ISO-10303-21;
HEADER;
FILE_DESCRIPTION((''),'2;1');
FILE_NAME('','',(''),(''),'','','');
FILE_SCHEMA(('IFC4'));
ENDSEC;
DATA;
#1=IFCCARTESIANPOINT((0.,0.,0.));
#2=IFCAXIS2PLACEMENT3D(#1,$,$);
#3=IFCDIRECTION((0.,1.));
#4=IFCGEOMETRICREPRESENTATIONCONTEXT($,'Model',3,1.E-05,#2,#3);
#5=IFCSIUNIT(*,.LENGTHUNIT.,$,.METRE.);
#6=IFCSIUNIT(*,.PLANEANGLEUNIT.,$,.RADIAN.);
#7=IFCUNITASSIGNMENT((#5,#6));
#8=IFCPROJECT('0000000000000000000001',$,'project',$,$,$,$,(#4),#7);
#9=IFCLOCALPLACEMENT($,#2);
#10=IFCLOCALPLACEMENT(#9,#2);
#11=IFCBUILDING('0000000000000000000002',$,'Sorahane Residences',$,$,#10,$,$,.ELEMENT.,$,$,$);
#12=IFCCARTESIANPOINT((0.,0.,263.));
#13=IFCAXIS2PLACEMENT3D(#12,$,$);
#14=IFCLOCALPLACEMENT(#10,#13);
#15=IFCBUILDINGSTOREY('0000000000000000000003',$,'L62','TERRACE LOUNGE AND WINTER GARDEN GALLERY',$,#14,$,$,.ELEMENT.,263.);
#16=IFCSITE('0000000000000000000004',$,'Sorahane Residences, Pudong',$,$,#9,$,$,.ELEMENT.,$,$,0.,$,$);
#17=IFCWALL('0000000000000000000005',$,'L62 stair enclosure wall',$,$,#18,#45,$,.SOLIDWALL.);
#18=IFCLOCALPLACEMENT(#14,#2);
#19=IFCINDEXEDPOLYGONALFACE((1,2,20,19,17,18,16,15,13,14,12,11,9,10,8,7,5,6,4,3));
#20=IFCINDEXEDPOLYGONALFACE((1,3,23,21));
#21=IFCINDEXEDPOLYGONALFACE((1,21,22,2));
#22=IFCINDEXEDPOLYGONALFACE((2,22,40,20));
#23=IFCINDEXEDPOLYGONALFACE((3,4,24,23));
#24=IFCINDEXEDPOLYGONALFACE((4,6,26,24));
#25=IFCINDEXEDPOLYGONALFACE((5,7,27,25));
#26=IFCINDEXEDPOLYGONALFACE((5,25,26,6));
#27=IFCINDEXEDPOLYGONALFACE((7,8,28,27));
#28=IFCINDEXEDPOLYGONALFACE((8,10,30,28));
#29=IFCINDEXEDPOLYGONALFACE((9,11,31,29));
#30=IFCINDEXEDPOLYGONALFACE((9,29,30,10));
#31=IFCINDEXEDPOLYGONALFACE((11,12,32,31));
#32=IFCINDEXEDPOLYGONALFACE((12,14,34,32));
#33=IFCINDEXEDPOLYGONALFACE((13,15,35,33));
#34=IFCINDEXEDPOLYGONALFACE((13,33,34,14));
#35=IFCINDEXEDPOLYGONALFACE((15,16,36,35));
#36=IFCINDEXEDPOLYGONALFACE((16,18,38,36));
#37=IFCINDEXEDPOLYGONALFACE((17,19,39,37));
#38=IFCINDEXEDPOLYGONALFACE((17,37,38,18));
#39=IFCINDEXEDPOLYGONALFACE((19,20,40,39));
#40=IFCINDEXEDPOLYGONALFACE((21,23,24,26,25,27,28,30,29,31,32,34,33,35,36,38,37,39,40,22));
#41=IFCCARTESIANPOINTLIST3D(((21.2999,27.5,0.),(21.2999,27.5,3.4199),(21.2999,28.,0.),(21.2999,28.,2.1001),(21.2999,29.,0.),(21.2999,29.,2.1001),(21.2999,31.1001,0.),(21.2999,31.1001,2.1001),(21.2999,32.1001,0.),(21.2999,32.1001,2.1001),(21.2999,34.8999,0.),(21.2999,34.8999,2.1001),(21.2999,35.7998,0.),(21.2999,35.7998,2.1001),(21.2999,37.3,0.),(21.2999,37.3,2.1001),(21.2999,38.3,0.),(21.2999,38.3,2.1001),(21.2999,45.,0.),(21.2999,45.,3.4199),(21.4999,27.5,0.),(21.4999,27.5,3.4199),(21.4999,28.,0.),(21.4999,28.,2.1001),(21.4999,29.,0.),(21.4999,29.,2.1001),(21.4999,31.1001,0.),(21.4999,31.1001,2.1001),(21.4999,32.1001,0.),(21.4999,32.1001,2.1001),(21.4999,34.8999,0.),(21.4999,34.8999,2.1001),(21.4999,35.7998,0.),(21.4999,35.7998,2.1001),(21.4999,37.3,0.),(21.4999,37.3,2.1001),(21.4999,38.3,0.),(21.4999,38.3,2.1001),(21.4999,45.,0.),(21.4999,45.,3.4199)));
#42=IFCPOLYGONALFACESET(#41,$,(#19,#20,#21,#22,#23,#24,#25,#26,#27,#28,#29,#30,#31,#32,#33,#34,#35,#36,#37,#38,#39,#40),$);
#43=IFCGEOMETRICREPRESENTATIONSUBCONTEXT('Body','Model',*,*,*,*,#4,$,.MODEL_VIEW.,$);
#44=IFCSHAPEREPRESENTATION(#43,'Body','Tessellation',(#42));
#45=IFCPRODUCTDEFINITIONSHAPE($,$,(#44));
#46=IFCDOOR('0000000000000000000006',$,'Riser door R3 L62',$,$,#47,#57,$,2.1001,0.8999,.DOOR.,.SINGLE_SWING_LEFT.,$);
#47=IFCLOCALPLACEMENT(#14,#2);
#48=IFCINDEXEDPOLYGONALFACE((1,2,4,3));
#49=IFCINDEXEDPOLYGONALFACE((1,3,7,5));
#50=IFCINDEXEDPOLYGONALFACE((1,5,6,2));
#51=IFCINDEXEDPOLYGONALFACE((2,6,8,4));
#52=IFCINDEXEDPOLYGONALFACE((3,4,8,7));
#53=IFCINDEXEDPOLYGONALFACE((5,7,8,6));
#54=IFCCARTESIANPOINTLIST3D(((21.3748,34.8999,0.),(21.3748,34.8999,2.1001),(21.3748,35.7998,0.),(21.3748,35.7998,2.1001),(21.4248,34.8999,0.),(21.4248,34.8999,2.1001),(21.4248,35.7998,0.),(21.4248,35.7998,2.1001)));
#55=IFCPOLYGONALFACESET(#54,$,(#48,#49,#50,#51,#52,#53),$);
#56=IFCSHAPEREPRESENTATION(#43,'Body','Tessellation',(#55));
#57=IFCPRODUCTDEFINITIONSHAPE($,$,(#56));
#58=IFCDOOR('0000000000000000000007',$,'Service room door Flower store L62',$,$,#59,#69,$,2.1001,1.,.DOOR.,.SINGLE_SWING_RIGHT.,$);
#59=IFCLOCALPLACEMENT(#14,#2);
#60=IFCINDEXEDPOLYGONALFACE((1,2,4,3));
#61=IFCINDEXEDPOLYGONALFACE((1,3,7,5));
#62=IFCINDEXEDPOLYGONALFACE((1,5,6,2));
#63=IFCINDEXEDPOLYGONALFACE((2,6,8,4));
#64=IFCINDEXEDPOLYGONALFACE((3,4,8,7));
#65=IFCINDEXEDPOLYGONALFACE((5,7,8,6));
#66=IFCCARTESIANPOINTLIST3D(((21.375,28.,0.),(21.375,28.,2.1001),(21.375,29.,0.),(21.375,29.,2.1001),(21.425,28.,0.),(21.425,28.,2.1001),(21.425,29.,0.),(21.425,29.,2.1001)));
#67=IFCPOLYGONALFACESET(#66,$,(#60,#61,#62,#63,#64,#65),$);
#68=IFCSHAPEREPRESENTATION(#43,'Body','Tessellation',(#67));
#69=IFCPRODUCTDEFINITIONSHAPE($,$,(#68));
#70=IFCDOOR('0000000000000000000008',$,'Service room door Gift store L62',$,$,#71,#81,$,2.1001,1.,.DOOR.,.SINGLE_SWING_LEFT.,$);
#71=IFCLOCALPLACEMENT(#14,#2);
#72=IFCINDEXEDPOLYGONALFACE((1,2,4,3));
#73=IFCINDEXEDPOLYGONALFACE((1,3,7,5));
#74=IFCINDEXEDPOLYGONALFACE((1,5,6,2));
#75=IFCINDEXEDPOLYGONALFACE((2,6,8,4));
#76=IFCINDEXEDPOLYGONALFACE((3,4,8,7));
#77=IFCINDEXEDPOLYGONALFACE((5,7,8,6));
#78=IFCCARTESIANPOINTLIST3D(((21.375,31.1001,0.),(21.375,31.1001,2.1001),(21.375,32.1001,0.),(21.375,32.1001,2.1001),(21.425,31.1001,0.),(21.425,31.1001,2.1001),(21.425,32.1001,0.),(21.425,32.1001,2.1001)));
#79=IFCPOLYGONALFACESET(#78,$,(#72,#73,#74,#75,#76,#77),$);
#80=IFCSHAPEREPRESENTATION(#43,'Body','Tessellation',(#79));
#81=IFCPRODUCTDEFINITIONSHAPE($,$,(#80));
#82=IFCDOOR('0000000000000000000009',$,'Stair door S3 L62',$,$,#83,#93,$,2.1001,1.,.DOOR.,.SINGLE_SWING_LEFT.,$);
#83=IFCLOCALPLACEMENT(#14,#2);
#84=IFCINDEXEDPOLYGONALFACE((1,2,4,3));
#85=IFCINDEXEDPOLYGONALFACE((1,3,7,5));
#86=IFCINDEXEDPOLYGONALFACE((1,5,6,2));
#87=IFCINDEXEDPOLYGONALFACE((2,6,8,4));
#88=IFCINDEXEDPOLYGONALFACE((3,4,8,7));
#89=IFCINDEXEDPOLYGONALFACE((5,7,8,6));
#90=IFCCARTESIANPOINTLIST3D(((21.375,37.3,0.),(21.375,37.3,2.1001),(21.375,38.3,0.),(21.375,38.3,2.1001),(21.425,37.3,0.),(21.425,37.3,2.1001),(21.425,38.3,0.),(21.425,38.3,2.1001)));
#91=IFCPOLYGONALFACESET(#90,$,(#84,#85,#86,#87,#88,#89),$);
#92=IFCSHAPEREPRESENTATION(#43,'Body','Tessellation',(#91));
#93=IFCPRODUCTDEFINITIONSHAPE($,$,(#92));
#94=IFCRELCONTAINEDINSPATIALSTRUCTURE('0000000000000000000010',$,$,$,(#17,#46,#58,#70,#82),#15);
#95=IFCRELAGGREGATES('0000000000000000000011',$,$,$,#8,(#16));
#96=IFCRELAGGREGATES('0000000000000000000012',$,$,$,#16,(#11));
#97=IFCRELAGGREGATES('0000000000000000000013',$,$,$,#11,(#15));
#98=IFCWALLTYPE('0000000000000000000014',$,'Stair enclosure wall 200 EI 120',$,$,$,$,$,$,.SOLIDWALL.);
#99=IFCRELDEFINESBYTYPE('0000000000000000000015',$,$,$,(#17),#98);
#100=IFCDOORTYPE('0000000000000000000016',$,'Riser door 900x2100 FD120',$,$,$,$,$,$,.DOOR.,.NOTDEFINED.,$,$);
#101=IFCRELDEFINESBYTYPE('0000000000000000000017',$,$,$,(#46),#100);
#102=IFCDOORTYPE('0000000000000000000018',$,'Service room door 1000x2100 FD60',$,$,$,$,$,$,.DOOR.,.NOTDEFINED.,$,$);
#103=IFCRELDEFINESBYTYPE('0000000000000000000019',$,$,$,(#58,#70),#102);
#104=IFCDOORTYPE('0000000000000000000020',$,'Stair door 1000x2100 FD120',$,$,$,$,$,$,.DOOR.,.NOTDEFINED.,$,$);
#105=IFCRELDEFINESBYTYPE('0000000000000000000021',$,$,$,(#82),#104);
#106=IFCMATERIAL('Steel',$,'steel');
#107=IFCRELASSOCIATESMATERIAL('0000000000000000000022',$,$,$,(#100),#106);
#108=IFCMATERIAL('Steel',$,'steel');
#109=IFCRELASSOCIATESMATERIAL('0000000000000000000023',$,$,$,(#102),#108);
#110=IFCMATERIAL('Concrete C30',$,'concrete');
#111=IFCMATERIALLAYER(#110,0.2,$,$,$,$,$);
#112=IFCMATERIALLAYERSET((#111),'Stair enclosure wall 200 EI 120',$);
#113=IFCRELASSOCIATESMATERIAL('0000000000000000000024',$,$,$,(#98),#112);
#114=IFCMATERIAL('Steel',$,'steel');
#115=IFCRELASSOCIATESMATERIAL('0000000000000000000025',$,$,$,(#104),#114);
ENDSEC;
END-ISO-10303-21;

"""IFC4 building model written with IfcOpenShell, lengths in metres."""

from ifc_helpers import new_model, si_unit, direction, frame, frame_2d, origin, place, context, subcontext, project, spatial, rectangle, extrude, material, layer, layer_set, type_object, element, fill, save


model = new_model("IFC4")

# Units and contexts
model_context = context("Model", 3, precision=1e-05, world=origin(), true_north=direction((0.0, 1.0)))
body_context = subcontext(model_context, "Body", "Model", "MODEL_VIEW")
ifc_project = project(units=[si_unit("LENGTHUNIT", "METRE"), si_unit("PLANEANGLEUNIT", "RADIAN")], contexts=[model_context])

# Site, building, storey
site_placement = place(None, origin())
site = spatial("IfcSite", under=ifc_project, at=site_placement, Name="Sorahane Residences, Pudong", CompositionType="ELEMENT", RefElevation=0.0)
building_placement = place(site_placement, origin())
building = spatial("IfcBuilding", under=site, at=building_placement, Name="Sorahane Residences", CompositionType="ELEMENT")
storey_placement = place(building_placement, frame((0.0, 0.0, 263.0)))
storey = spatial("IfcBuildingStorey", under=building, at=storey_placement, Name="L62", Description="TERRACE LOUNGE AND WINTER GARDEN GALLERY", CompositionType="ELEMENT", Elevation=263.0)

# Wall, openings, doors
ifc_material_1 = material(Name="Steel", Category="steel")
door_type_1 = type_object("IfcDoorType", Name="Riser door 900x2100 FD120", OperationType="NOTDEFINED", PredefinedType="DOOR", material=ifc_material_1)
ifc_material_2 = material(Name="Steel", Category="steel")
door_type_2 = type_object("IfcDoorType", Name="Service room door 1000x2100 FD60", OperationType="NOTDEFINED", PredefinedType="DOOR", material=ifc_material_2)
ifc_material_3 = material(Name="Concrete C30", Category="concrete")
ifc_layer_1 = layer(ifc_material_3, 0.2)
ifc_layer_set_1 = layer_set([ifc_layer_1], Name="Stair enclosure wall 200 EI 120")
wall_type_1 = type_object("IfcWallType", Name="Stair enclosure wall 200 EI 120", PredefinedType="SOLIDWALL", material=ifc_layer_set_1)
wall_1_placement = place(storey_placement, frame((21.3999, 27.5, 0.0), z_axis=(0.0, 0.0, 1.0), x_axis=(0.0, 1.0, 0.0)))
wall_1 = element("IfcWall", 1, at=wall_1_placement, inside=storey, type_object=wall_type_1, Name="L62 stair enclosure wall", PredefinedType="SOLIDWALL", context=body_context, shape_type="SweptSolid", body=[
    extrude(rectangle(XDim=17.5, YDim=0.2, at=frame_2d((8.75, 0.0))), origin(), (0.0, 0.0, 1.0), 3.4199),
])
opening_1_placement = place(wall_1_placement, frame((0.5, 0.0, 0.0)))
opening_1 = element("IfcOpeningElement", 2, at=opening_1_placement, cuts=wall_1, PredefinedType="OPENING", context=body_context, shape_type="SweptSolid", body=[
    extrude(rectangle(XDim=1.0, YDim=2.1001, at=frame_2d((0.5, 1.05))), frame((0.0, 0.1099, 0.0), z_axis=(0.0, -1.0, 0.0), x_axis=(1.0, 0.0, 0.0)), (0.0, 0.0, 1.0), 0.22),
])
opening_2_placement = place(wall_1_placement, frame((3.6001, 0.0, 0.0)))
opening_2 = element("IfcOpeningElement", 3, at=opening_2_placement, cuts=wall_1, PredefinedType="OPENING", context=body_context, shape_type="SweptSolid", body=[
    extrude(rectangle(XDim=1.0, YDim=2.1001, at=frame_2d((0.5, 1.05))), frame((0.0, 0.1099, 0.0), z_axis=(0.0, -1.0, 0.0), x_axis=(1.0, 0.0, 0.0)), (0.0, 0.0, 1.0), 0.22),
])
opening_3_placement = place(wall_1_placement, frame((9.8, 0.0, 0.0)))
opening_3 = element("IfcOpeningElement", 4, at=opening_3_placement, cuts=wall_1, PredefinedType="OPENING", context=body_context, shape_type="SweptSolid", body=[
    extrude(rectangle(XDim=1.0, YDim=2.1001, at=frame_2d((0.5, 1.05))), frame((0.0, 0.1099, 0.0), z_axis=(0.0, -1.0, 0.0), x_axis=(1.0, 0.0, 0.0)), (0.0, 0.0, 1.0), 0.22),
])
opening_4_placement = place(wall_1_placement, frame((7.3999, 0.0, 0.0)))
opening_4 = element("IfcOpeningElement", 5, at=opening_4_placement, cuts=wall_1, PredefinedType="OPENING", context=body_context, shape_type="SweptSolid", body=[
    extrude(rectangle(XDim=0.8999, YDim=2.1001, at=frame_2d((0.45, 1.05))), frame((0.0, 0.1099, 0.0), z_axis=(0.0, -1.0, 0.0), x_axis=(1.0, 0.0, 0.0)), (0.0, 0.0, 1.0), 0.22),
])
door_1_placement = place(opening_4_placement, frame((0.8999, 0.0, 0.0), z_axis=(0.0, 0.0, 1.0), x_axis=(-1.0, 0.0, 0.0)))
door_1 = element("IfcDoor", 6, at=door_1_placement, inside=storey, type_object=door_type_1, Name="Riser door R3 L62", OperationType="SINGLE_SWING_LEFT", OverallHeight=2.1001, OverallWidth=0.8999, PredefinedType="DOOR", context=body_context, shape_type="SweptSolid", body=[
    extrude(rectangle(XDim=0.8999, YDim=2.1001, at=frame_2d((0.45, 1.05))), frame((0.0, 0.0249, 0.0), z_axis=(0.0, -1.0, 0.0), x_axis=(1.0, 0.0, 0.0)), (0.0, 0.0, 1.0), 0.05),
])
fill(opening_4, door_1)
door_2_placement = place(opening_1_placement, origin())
door_2 = element("IfcDoor", 7, at=door_2_placement, inside=storey, type_object=door_type_2, Name="Service room door Flower store L62", OperationType="SINGLE_SWING_RIGHT", OverallHeight=2.1001, OverallWidth=1.0, PredefinedType="DOOR", context=body_context, shape_type="SweptSolid", body=[
    extrude(rectangle(XDim=1.0, YDim=2.1001, at=frame_2d((0.5, 1.05))), frame((0.0, 0.0249, 0.0), z_axis=(0.0, -1.0, 0.0), x_axis=(1.0, 0.0, 0.0)), (0.0, 0.0, 1.0), 0.05),
])
fill(opening_1, door_2)
door_3_placement = place(opening_2_placement, origin())
door_3 = element("IfcDoor", 8, at=door_3_placement, inside=storey, type_object=door_type_2, Name="Service room door Gift store L62", OperationType="SINGLE_SWING_LEFT", OverallHeight=2.1001, OverallWidth=1.0, PredefinedType="DOOR", context=body_context, shape_type="SweptSolid", body=[
    extrude(rectangle(XDim=1.0, YDim=2.1001, at=frame_2d((0.5, 1.05))), frame((0.0, 0.0249, 0.0), z_axis=(0.0, -1.0, 0.0), x_axis=(1.0, 0.0, 0.0)), (0.0, 0.0, 1.0), 0.05),
])
fill(opening_2, door_3)
ifc_material_4 = material(Name="Steel", Category="steel")
door_type_3 = type_object("IfcDoorType", Name="Stair door 1000x2100 FD120", OperationType="NOTDEFINED", PredefinedType="DOOR", material=ifc_material_4)
door_4_placement = place(opening_3_placement, origin())
door_4 = element("IfcDoor", 9, at=door_4_placement, inside=storey, type_object=door_type_3, Name="Stair door S3 L62", OperationType="SINGLE_SWING_LEFT", OverallHeight=2.1001, OverallWidth=1.0, PredefinedType="DOOR", context=body_context, shape_type="SweptSolid", body=[
    extrude(rectangle(XDim=1.0, YDim=2.1001, at=frame_2d((0.5, 1.05))), frame((0.0, 0.0249, 0.0), z_axis=(0.0, -1.0, 0.0), x_axis=(1.0, 0.0, 0.0)), (0.0, 0.0, 1.0), 0.05),
])
fill(opening_3, door_4)

save(model, "model.ifc")
